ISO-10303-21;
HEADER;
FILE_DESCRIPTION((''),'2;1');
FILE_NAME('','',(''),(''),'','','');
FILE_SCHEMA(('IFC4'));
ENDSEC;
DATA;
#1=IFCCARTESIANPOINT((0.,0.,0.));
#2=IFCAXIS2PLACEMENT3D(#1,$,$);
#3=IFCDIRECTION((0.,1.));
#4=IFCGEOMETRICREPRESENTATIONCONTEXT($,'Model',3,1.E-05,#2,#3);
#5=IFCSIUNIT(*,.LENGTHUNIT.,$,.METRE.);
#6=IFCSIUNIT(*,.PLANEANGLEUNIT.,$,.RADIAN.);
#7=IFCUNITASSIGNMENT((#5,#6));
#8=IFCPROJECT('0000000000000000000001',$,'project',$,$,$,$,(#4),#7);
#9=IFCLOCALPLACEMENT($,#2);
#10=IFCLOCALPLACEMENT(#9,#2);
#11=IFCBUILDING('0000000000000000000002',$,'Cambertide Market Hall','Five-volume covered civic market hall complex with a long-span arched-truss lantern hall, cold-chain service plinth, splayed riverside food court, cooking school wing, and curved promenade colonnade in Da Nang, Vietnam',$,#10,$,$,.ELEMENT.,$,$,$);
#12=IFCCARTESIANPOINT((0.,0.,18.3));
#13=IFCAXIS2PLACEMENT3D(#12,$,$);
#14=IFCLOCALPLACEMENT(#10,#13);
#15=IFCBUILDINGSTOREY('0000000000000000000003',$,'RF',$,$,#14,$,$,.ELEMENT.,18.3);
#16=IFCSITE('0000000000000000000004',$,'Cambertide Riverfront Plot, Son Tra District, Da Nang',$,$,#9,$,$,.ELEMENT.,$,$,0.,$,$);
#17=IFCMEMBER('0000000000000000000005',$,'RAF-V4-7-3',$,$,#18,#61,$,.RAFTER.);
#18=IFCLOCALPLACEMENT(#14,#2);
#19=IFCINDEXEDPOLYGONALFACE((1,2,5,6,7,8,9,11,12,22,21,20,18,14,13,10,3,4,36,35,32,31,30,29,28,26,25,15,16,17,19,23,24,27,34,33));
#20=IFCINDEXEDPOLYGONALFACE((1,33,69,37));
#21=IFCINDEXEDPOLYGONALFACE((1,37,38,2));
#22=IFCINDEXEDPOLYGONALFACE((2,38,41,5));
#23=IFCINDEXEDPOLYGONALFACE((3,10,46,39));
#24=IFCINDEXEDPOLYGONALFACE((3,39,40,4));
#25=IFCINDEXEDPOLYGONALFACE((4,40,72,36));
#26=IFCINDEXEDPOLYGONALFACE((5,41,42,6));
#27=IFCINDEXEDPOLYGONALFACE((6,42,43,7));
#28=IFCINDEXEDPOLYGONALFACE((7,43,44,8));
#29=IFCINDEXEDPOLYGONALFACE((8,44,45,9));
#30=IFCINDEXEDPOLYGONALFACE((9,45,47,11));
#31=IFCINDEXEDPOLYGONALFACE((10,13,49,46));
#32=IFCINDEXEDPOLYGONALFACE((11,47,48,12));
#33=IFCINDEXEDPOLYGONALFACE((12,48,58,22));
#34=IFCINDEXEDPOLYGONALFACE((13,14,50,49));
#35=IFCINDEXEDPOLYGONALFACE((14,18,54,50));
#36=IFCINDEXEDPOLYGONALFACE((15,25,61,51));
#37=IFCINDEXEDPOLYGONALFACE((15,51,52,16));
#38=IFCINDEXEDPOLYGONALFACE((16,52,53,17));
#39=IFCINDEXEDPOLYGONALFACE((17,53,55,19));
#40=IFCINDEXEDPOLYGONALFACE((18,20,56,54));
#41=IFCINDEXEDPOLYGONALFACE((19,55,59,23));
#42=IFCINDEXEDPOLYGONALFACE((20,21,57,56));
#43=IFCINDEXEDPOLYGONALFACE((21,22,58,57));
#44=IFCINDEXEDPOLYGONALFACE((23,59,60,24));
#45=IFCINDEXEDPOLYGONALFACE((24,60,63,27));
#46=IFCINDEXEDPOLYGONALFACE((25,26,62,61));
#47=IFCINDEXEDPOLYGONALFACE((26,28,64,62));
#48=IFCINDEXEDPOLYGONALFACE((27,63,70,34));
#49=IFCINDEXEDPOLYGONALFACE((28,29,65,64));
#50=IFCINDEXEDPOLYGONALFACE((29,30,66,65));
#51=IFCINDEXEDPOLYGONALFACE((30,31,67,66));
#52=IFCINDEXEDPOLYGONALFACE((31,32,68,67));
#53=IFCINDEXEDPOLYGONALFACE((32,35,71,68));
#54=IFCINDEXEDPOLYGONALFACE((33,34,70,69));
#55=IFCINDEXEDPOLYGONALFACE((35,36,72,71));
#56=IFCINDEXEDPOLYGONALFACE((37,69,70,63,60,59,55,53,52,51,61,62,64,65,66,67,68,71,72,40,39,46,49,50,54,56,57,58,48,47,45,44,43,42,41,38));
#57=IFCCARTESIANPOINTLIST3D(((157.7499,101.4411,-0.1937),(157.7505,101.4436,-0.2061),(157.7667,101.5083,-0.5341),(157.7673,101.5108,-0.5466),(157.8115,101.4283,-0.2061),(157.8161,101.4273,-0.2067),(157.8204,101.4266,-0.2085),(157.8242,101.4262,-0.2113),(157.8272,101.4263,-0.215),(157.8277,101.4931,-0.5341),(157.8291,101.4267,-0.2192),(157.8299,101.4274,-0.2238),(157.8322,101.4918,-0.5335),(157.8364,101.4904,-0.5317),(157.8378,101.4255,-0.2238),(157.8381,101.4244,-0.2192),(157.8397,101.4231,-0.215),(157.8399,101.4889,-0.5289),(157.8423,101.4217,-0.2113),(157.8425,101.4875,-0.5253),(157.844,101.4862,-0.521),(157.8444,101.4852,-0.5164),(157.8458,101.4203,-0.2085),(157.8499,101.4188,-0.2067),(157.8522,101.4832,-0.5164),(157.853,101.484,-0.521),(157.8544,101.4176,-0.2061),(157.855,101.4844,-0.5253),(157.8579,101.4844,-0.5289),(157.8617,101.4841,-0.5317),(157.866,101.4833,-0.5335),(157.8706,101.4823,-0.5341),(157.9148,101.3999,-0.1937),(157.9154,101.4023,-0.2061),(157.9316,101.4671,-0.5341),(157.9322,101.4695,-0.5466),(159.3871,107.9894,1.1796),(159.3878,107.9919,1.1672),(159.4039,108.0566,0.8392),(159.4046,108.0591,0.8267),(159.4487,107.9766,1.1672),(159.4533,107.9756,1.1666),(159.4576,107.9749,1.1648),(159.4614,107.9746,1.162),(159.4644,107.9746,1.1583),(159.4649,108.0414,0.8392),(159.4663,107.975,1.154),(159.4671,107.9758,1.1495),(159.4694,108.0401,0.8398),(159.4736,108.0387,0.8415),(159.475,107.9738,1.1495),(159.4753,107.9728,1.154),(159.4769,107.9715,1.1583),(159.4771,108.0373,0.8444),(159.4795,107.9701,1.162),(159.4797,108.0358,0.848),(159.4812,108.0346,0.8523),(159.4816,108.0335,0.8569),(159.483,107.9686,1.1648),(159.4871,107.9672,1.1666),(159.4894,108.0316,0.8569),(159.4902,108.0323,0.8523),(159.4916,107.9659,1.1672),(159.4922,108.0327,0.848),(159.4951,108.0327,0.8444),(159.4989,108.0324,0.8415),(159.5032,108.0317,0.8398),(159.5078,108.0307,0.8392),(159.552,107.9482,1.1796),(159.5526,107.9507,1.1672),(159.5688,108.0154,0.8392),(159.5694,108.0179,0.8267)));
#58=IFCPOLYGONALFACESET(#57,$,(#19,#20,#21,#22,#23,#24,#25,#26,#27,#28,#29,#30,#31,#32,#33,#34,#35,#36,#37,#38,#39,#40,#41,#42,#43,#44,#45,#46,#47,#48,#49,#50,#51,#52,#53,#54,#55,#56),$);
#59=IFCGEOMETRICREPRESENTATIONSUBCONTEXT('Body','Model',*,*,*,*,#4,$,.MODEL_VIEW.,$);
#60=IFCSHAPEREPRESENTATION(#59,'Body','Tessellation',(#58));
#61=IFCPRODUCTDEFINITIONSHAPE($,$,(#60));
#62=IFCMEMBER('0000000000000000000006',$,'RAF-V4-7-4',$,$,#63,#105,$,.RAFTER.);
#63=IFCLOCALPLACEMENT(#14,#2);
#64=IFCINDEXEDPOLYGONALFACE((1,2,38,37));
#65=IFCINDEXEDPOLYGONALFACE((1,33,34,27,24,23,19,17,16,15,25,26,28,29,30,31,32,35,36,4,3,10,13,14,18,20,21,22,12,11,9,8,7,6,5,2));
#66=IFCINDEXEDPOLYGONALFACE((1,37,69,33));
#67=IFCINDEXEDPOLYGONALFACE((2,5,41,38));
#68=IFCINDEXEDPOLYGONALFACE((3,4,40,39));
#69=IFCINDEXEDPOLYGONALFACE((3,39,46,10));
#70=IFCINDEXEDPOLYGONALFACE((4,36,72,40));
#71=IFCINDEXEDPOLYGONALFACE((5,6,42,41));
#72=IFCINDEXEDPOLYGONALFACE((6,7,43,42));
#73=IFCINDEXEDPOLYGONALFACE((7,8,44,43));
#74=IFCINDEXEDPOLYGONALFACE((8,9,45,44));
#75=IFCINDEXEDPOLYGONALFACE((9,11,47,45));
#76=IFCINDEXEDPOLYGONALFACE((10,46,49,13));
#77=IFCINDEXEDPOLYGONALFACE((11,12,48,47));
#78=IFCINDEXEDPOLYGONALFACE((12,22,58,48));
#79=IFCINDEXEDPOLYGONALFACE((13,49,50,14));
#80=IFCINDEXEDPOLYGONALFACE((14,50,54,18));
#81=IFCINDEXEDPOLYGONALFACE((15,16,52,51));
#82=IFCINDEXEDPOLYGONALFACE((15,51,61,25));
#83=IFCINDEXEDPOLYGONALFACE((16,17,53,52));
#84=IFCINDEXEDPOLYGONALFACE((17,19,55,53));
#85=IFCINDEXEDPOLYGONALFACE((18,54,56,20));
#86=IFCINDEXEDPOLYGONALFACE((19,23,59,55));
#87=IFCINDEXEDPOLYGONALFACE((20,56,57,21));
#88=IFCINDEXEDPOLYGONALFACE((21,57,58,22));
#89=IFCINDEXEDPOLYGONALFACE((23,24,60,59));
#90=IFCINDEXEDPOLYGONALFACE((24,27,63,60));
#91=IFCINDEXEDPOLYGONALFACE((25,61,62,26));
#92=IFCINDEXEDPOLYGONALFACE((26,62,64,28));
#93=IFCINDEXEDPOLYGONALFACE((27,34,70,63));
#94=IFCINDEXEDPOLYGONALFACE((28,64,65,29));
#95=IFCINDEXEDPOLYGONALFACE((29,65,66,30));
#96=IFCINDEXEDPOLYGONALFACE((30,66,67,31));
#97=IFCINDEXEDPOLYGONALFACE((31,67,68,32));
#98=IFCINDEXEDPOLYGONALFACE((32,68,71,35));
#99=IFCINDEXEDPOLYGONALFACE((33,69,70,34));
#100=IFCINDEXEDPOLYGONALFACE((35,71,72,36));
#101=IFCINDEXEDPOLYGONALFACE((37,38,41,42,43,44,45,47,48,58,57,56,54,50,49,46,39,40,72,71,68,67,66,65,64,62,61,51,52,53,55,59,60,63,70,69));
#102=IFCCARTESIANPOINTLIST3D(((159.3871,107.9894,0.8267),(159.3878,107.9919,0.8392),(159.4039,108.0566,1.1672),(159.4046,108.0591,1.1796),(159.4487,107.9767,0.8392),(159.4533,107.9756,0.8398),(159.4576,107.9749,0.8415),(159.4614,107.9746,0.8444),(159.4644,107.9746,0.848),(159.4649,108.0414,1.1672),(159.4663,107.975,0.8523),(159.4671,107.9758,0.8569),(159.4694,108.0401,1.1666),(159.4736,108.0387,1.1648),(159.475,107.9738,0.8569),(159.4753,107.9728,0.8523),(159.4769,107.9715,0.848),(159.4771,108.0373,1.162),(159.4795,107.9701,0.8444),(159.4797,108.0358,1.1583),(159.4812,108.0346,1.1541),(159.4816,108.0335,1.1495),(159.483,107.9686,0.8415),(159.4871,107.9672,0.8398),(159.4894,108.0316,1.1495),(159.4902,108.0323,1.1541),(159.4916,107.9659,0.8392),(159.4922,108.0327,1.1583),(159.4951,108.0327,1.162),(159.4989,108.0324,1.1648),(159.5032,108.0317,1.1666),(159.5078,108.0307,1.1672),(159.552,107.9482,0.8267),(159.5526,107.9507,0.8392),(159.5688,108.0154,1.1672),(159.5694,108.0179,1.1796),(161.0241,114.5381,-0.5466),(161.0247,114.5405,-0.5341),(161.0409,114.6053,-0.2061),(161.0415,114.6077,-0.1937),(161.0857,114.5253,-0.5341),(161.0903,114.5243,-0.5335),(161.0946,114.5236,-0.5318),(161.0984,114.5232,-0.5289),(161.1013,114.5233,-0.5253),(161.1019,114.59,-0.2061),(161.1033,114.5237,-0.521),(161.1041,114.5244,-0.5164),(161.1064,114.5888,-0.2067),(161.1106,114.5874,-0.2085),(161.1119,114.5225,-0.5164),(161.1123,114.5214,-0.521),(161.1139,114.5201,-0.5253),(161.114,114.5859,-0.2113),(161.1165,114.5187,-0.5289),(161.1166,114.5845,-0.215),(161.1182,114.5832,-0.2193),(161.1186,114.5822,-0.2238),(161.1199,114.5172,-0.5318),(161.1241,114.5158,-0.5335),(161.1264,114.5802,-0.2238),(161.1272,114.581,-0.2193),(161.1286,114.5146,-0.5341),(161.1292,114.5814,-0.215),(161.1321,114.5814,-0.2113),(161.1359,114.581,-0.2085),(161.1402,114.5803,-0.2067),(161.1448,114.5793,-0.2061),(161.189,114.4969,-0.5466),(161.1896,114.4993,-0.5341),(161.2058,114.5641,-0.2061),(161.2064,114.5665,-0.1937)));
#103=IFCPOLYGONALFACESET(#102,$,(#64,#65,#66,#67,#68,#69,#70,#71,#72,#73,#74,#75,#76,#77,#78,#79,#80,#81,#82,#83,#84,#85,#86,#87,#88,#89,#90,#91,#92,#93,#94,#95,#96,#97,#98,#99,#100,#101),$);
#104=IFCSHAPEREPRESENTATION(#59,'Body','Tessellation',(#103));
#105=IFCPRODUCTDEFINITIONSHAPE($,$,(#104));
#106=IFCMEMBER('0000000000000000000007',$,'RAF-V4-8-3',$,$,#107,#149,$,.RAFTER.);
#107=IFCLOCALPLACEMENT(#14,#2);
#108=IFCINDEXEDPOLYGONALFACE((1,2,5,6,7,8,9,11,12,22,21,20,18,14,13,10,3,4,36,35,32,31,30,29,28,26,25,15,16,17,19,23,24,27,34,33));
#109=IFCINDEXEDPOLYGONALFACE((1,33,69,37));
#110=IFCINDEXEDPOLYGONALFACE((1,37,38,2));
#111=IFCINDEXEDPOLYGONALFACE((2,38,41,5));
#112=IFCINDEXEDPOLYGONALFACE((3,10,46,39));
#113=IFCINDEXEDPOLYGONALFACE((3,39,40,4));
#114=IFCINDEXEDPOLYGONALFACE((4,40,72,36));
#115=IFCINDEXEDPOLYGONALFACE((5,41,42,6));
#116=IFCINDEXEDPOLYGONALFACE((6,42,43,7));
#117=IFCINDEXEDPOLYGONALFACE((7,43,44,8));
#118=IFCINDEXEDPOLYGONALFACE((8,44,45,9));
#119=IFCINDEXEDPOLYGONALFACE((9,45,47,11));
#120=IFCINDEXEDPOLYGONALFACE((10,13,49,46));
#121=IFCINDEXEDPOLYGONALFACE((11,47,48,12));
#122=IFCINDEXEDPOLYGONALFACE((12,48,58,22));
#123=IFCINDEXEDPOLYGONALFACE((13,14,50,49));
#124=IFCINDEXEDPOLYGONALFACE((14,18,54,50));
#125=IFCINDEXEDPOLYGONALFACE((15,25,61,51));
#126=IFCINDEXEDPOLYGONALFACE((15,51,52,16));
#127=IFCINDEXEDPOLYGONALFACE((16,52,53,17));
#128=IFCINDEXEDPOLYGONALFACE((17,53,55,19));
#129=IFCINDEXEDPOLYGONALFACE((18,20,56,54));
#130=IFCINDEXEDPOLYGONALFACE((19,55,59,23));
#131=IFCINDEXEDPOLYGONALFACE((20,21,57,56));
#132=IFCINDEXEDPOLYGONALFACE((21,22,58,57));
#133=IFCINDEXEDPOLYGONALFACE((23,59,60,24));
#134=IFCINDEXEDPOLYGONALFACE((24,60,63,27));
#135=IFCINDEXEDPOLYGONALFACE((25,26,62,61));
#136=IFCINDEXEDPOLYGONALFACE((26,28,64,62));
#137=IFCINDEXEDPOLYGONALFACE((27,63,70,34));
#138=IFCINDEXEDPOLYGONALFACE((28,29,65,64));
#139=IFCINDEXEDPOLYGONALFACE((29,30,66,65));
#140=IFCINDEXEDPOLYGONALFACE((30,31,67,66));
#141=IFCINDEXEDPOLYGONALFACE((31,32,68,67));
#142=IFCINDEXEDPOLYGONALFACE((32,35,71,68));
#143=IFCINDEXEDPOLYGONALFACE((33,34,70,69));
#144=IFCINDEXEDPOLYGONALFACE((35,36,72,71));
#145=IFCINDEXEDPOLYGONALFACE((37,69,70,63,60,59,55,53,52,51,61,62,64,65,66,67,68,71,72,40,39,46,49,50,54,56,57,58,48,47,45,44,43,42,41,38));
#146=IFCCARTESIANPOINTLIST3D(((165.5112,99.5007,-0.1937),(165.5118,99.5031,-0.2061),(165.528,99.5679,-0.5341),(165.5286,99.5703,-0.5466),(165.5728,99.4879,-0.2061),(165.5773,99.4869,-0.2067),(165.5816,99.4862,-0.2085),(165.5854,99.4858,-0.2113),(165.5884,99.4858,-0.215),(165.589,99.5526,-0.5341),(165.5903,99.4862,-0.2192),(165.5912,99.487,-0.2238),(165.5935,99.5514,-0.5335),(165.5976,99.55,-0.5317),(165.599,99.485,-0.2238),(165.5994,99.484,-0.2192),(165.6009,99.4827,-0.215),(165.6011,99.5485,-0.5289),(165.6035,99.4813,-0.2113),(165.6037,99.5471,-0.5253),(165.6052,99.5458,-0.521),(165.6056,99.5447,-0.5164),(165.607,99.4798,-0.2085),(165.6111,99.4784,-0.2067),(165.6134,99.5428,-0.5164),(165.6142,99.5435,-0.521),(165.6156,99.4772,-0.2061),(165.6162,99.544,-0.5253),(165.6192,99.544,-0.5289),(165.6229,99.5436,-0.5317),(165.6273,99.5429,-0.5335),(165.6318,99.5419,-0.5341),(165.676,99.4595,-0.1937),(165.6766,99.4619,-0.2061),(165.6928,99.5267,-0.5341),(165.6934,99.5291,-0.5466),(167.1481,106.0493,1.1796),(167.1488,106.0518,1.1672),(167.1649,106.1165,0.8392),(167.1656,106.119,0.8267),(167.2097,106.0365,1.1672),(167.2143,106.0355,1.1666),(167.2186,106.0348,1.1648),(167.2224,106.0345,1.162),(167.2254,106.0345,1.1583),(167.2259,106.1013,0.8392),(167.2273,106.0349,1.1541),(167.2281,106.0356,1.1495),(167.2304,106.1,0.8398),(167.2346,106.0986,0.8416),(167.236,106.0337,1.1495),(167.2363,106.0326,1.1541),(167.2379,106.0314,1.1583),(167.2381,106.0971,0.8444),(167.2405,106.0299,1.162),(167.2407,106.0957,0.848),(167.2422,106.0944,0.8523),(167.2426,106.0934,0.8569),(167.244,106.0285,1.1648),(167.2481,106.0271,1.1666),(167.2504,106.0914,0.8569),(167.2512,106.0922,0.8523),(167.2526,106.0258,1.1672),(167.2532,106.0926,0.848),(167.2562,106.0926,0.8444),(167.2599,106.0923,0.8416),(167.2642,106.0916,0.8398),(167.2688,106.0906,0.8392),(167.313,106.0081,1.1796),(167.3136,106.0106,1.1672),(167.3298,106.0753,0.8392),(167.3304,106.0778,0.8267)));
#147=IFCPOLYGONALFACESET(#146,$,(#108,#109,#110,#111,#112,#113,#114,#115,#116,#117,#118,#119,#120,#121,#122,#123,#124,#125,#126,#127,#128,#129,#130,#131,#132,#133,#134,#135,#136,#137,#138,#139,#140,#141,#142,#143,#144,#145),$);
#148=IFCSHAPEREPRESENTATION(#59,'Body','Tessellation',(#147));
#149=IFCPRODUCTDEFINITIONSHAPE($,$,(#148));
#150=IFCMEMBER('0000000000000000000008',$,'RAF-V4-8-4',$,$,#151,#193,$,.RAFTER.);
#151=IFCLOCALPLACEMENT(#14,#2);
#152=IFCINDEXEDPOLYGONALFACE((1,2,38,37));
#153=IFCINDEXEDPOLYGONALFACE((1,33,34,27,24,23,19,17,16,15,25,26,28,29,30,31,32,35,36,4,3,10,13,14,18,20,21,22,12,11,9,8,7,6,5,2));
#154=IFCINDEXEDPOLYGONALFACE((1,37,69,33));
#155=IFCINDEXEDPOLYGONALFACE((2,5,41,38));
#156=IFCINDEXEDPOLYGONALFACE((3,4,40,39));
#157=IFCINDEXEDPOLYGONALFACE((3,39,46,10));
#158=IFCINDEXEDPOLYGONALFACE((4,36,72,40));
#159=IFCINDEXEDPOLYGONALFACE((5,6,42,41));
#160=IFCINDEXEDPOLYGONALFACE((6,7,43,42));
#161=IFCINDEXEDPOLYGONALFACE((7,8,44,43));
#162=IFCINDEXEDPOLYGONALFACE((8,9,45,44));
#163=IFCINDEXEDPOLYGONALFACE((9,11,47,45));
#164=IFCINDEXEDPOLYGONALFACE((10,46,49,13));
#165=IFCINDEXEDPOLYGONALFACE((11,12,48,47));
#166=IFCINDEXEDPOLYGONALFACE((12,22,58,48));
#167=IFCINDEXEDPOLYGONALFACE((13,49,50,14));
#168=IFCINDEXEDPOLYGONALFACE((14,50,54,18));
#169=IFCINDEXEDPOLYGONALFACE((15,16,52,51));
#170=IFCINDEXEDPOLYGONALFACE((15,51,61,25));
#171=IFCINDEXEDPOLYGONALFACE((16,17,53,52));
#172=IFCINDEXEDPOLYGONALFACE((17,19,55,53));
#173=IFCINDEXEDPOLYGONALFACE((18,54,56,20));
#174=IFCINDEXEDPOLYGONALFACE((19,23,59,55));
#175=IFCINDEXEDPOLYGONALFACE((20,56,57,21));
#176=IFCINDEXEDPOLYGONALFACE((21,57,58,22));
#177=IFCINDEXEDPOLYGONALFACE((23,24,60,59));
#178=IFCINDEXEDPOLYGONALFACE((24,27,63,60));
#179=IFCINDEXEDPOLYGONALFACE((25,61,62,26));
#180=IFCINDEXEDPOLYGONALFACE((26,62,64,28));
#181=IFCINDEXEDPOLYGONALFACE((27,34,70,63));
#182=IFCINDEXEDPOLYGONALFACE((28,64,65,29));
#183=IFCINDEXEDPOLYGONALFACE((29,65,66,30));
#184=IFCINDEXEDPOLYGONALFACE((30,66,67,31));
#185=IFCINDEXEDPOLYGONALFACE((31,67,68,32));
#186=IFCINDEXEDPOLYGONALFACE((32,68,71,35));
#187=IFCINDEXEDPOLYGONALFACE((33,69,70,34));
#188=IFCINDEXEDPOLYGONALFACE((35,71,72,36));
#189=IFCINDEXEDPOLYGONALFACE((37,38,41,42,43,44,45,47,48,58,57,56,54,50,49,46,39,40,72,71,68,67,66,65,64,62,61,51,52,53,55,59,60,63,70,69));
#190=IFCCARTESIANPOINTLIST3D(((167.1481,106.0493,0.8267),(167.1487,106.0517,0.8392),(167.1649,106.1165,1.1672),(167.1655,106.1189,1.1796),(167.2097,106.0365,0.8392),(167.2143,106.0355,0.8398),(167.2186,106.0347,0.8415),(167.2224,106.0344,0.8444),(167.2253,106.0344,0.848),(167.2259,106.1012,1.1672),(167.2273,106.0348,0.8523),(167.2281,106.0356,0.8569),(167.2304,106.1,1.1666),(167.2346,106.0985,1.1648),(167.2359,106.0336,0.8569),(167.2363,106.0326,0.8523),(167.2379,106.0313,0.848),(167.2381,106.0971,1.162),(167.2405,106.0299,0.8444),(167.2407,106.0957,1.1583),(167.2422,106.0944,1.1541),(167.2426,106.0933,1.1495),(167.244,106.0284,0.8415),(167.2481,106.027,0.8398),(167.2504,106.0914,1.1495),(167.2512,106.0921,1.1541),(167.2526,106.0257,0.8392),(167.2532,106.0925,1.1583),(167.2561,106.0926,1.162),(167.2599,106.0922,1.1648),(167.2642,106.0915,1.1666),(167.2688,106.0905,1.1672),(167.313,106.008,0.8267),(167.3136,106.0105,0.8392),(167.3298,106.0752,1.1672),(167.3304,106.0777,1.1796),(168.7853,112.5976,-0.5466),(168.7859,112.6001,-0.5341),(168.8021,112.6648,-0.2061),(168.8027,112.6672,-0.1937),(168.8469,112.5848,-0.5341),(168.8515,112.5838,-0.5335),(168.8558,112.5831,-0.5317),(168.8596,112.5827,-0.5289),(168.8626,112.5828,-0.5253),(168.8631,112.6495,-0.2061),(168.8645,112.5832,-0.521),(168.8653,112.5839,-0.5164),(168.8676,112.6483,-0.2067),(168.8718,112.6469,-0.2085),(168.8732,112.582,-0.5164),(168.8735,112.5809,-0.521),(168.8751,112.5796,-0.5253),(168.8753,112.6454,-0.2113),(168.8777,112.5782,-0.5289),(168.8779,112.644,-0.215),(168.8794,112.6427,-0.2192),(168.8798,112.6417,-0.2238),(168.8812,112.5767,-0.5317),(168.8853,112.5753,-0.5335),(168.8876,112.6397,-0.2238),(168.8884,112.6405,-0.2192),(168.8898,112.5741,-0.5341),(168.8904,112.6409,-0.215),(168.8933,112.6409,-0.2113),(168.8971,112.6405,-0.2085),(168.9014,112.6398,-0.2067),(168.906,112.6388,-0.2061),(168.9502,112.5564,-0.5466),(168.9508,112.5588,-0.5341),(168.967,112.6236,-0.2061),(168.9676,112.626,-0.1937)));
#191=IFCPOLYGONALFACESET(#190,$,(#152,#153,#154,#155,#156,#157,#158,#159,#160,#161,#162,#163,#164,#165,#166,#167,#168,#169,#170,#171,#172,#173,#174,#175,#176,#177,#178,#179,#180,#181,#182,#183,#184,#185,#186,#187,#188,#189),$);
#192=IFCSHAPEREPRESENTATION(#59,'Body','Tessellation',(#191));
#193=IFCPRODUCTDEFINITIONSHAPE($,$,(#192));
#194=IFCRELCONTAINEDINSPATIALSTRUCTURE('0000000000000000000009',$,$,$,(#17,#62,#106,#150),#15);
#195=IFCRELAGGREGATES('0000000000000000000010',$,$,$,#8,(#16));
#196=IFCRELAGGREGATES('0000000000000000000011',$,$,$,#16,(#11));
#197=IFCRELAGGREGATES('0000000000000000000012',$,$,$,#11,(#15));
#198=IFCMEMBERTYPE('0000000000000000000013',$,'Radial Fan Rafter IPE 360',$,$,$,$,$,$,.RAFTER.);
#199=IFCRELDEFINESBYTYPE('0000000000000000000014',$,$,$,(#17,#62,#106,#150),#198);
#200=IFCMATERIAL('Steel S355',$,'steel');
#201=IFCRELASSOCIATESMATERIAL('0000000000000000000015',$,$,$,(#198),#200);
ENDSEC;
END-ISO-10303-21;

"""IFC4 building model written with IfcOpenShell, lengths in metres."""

from ifc_helpers import new_model, si_unit, direction, frame, origin, origin_2d, place, context, subcontext, project, spatial, i_section, extrude, material, material_profile, profile_set, type_object, element, save


model = new_model("IFC4")

# Units and contexts
model_context = context("Model", 3, precision=1e-05, world=origin(), true_north=direction((0.0, 1.0)))
body_context = subcontext(model_context, "Body", "Model", "MODEL_VIEW")
ifc_project = project(units=[si_unit("LENGTHUNIT", "METRE"), si_unit("PLANEANGLEUNIT", "RADIAN")], contexts=[model_context])

# Site, building, storey
site_placement = place(None, origin())
site = spatial("IfcSite", under=ifc_project, at=site_placement, Name="Cambertide Riverfront Plot, Son Tra District, Da Nang", CompositionType="ELEMENT", RefElevation=0.0)
building_placement = place(site_placement, origin())
building = spatial("IfcBuilding", under=site, at=building_placement, Name="Cambertide Market Hall", Description="Five-volume covered civic market hall complex with a long-span arched-truss lantern hall, cold-chain service plinth, splayed riverside food court, cooking school wing, and curved promenade colonnade in Da Nang, Vietnam", CompositionType="ELEMENT")
storey_placement = place(building_placement, frame((0.0, 0.0, 18.3)))
storey = spatial("IfcBuildingStorey", under=building, at=storey_placement, Name="RF", CompositionType="ELEMENT", Elevation=18.3)

# Members
ifc_material_1 = material(Name="Steel S355", Category="steel")
ifc_material_profile_1 = material_profile(ifc_material_1, i_section(OverallWidth=0.1699, OverallDepth=0.3601, WebThickness=0.0081, FlangeThickness=0.0127, FilletRadius=0.0181, at=origin_2d()), Name="IPE 360")
ifc_profile_set_1 = profile_set([ifc_material_profile_1], Name="Steel S355")
member_type_1 = type_object("IfcMemberType", Name="Radial Fan Rafter IPE 360", PredefinedType="RAFTER", material=ifc_profile_set_1)
member_1_placement = place(storey_placement, frame((157.8411, 101.4553, -0.3701), z_axis=(0.237683, 0.950662, 0.199369), x_axis=(-0.970138, 0.242553, 0.0)))
element("IfcMember", 1, at=member_1_placement, inside=storey, type_object=member_type_1, Name="RAF-V4-7-3", PredefinedType="RAFTER", context=body_context, shape_type="SweptSolid", body=[
    extrude(i_section(OverallWidth=0.1699, OverallDepth=0.3601, WebThickness=0.0081, FlangeThickness=0.0127, FilletRadius=0.0181, at=origin_2d()), origin(), (0.0, 0.0, 1.0), 6.8882),
])
for number, where, z_axis, x_axis, name in (
    (2, (159.4783, 108.0037, 1.0032), (0.237642, 0.950674, -0.199364), (-0.970149, 0.24251, 0.0), "RAF-V4-7-4"),
    (3, (165.6023, 99.5149, -0.3701), (0.237642, 0.950674, 0.199364), (-0.970149, 0.24251, 0.0), "RAF-V4-8-3"),
):
    element("IfcMember", number, at=place(storey_placement, frame(where, z_axis=z_axis, x_axis=x_axis)), inside=storey, type_object=member_type_1, Name=name, PredefinedType="RAFTER", context=body_context, shape_type="SweptSolid", body=[
        extrude(i_section(OverallWidth=0.1699, OverallDepth=0.3601, WebThickness=0.0081, FlangeThickness=0.0127, FilletRadius=0.0181, at=origin_2d()), origin(), (0.0, 0.0, 1.0), 6.8884),
    ])
member_2_placement = place(storey_placement, frame((167.2393, 106.0635, 1.0032), z_axis=(0.237683, 0.950662, -0.199369), x_axis=(-0.970138, 0.242553, 0.0)))
element("IfcMember", 4, at=member_2_placement, inside=storey, type_object=member_type_1, Name="RAF-V4-8-4", PredefinedType="RAFTER", context=body_context, shape_type="SweptSolid", body=[
    extrude(i_section(OverallWidth=0.1699, OverallDepth=0.3601, WebThickness=0.0081, FlangeThickness=0.0127, FilletRadius=0.0181, at=origin_2d()), origin(), (0.0, 0.0, 1.0), 6.8882),
])

save(model, "model.ifc")
